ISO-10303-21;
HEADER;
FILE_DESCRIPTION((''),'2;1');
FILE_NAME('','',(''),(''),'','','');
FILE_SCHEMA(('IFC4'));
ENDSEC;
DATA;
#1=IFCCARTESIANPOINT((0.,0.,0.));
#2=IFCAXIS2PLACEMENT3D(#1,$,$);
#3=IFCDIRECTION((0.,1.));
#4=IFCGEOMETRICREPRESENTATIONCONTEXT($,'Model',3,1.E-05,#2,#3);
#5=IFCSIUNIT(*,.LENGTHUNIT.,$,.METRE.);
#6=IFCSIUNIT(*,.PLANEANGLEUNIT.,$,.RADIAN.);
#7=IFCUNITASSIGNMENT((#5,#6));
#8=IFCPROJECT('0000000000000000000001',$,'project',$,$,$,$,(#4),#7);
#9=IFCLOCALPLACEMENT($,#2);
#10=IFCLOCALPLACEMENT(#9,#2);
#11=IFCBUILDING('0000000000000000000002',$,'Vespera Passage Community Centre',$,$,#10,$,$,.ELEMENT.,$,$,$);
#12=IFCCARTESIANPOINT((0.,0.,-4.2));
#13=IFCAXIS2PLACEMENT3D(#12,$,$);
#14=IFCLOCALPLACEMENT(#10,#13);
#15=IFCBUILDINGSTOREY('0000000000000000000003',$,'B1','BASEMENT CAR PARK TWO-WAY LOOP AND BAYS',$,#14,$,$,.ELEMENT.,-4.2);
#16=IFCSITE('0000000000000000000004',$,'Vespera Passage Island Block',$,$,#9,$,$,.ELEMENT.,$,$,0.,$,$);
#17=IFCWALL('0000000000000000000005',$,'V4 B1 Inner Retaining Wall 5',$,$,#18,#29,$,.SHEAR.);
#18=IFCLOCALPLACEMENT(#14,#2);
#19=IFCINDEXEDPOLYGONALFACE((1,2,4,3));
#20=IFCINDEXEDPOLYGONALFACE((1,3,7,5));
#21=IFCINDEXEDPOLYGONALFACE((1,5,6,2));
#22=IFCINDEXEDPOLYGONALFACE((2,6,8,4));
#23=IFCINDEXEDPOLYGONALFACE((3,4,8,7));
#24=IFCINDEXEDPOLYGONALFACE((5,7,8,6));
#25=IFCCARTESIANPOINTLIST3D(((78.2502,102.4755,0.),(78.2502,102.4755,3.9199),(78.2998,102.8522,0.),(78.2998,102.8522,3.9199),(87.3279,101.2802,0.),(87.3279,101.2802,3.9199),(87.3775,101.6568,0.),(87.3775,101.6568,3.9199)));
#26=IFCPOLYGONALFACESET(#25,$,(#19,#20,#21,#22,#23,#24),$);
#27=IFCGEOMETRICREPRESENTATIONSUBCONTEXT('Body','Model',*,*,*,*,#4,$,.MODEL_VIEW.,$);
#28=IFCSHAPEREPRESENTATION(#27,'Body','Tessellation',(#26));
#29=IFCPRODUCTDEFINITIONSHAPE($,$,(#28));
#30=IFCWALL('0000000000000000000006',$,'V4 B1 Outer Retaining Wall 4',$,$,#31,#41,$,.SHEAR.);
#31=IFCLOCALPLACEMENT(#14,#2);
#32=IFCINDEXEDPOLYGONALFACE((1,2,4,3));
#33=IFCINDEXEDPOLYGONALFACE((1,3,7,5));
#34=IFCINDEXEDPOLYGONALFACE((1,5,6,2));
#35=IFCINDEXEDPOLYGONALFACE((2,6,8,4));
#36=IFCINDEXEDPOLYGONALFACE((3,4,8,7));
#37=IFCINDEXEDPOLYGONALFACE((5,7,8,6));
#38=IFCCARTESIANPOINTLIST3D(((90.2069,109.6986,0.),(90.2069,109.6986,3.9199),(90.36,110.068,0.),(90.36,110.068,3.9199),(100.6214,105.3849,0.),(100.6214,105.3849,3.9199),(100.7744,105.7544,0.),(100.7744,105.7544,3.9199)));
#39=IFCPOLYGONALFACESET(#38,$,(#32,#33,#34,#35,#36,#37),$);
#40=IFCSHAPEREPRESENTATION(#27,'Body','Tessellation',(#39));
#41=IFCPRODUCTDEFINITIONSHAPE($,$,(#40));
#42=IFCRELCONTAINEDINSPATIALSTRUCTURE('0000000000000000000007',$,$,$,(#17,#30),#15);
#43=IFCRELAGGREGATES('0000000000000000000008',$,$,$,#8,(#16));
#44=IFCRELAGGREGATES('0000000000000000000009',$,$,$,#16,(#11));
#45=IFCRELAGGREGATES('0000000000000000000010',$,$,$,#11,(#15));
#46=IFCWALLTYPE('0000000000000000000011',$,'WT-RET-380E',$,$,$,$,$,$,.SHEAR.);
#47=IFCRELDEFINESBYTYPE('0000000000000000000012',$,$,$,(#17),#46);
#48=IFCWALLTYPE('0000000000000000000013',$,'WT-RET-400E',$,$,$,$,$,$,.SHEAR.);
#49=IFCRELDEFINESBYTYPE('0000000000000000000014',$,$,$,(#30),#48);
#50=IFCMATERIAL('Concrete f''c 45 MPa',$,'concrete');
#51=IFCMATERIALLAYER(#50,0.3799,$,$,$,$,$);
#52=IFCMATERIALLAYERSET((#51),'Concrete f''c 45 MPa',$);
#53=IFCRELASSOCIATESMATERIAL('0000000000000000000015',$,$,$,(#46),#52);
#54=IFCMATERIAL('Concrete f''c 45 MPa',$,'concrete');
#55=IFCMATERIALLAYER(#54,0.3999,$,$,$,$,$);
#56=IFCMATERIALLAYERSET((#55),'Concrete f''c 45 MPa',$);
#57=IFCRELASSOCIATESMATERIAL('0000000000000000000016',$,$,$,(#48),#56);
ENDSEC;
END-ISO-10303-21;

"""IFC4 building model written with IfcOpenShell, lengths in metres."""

from ifc_helpers import new_model, si_unit, direction, frame, frame_2d, origin, place, context, subcontext, project, spatial, rectangle, extrude, material, layer, layer_set, type_object, element, save


model = new_model("IFC4")

# Units and contexts
model_context = context("Model", 3, precision=1e-05, world=origin(), true_north=direction((0.0, 1.0)))
body_context = subcontext(model_context, "Body", "Model", "MODEL_VIEW")
ifc_project = project(units=[si_unit("LENGTHUNIT", "METRE"), si_unit("PLANEANGLEUNIT", "RADIAN")], contexts=[model_context])

# Site, building, storey
site_placement = place(None, origin())
site = spatial("IfcSite", under=ifc_project, at=site_placement, Name="Vespera Passage Island Block", CompositionType="ELEMENT", RefElevation=0.0)
building_placement = place(site_placement, origin())
building = spatial("IfcBuilding", under=site, at=building_placement, Name="Vespera Passage Community Centre", CompositionType="ELEMENT")
storey_placement = place(building_placement, frame((0.0, 0.0, -4.2)))
storey = spatial("IfcBuildingStorey", under=building, at=storey_placement, Name="B1", Description="BASEMENT CAR PARK TWO-WAY LOOP AND BAYS", CompositionType="ELEMENT", Elevation=-4.2)

# Walls
ifc_material_1 = material(Name="Concrete f'c 45 MPa", Category="concrete")
ifc_layer_1 = layer(ifc_material_1, 0.3799)
ifc_layer_set_1 = layer_set([ifc_layer_1], Name="Concrete f'c 45 MPa")
wall_type_1 = type_object("IfcWallType", Name="WT-RET-380E", PredefinedType="SHEAR", material=ifc_layer_set_1)
wall_1_placement = place(storey_placement, frame((87.3528, 101.4685, 0.0), z_axis=(0.0, 0.0, 1.0), x_axis=(-0.991442, 0.13055, 0.0)))
element("IfcWall", 1, at=wall_1_placement, inside=storey, type_object=wall_type_1, Name="V4 B1 Inner Retaining Wall 5", PredefinedType="SHEAR", context=body_context, shape_type="SweptSolid", body=[
    extrude(rectangle(XDim=9.156, YDim=0.3799, at=frame_2d((4.5781, 0.0))), origin(), (0.0, 0.0, 1.0), 3.9199),
])
ifc_material_2 = material(Name="Concrete f'c 45 MPa", Category="concrete")
ifc_layer_2 = layer(ifc_material_2, 0.3999)
ifc_layer_set_2 = layer_set([ifc_layer_2], Name="Concrete f'c 45 MPa")
wall_type_2 = type_object("IfcWallType", Name="WT-RET-400E", PredefinedType="SHEAR", material=ifc_layer_set_2)
wall_2_placement = place(storey_placement, frame((90.2834, 109.8833, 0.0), z_axis=(0.0, 0.0, 1.0), x_axis=(0.923884, -0.382674, 0.0)))
element("IfcWall", 2, at=wall_2_placement, inside=storey, type_object=wall_type_2, Name="V4 B1 Outer Retaining Wall 4", PredefinedType="SHEAR", context=body_context, shape_type="SweptSolid", body=[
    extrude(rectangle(XDim=11.2725, YDim=0.3999, at=frame_2d((5.6362, 0.0))), origin(), (0.0, 0.0, 1.0), 3.9199),
])

save(model, "model.ifc")
